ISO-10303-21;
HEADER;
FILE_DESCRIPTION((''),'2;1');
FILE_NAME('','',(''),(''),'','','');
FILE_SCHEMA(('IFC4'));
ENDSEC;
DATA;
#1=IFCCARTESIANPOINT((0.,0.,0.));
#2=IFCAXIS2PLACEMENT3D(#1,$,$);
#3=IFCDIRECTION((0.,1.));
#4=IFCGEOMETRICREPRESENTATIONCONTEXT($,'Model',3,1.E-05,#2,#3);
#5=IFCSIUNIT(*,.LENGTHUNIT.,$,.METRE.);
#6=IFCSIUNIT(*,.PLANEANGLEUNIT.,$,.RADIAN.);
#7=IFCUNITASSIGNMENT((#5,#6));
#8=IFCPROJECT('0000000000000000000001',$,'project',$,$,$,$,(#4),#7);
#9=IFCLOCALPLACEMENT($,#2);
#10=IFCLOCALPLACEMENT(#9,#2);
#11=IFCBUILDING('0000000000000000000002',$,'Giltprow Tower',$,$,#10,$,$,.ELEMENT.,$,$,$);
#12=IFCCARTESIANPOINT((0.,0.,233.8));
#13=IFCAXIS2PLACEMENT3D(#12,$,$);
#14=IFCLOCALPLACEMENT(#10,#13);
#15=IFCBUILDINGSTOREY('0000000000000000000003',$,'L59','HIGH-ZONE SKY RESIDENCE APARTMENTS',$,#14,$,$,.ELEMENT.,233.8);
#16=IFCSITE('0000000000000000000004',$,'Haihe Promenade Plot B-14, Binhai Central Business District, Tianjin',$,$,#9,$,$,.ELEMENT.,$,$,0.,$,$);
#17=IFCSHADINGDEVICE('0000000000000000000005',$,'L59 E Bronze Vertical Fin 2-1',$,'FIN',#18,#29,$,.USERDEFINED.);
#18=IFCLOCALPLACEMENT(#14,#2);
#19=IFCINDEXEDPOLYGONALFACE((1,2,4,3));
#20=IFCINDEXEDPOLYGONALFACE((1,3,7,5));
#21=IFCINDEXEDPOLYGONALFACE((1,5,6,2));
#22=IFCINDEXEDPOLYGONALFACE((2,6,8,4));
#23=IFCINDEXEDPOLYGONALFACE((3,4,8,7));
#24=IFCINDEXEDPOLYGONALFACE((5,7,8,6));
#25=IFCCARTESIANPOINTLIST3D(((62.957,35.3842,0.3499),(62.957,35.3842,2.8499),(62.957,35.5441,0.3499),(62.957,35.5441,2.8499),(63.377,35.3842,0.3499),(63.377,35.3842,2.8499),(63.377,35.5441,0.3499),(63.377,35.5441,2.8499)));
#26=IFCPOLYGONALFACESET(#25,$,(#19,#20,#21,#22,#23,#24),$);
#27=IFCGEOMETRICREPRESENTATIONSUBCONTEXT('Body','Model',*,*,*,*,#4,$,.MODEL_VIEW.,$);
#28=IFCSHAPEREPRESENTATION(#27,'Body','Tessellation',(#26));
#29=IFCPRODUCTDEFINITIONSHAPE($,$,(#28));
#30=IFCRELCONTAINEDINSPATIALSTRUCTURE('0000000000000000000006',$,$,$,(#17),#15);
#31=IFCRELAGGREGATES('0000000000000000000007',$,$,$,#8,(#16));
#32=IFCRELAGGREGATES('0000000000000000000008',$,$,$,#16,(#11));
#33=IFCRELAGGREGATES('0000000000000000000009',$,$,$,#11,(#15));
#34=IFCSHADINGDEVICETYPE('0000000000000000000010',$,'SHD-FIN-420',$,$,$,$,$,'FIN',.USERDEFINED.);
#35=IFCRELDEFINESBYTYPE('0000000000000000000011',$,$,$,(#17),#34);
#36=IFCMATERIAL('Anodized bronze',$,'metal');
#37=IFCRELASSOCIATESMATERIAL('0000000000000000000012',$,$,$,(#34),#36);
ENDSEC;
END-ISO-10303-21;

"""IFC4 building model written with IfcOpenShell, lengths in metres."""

from ifc_helpers import new_model, si_unit, direction, frame, origin, origin_2d, place, context, subcontext, project, spatial, rectangle, extrude, source, transform, mapped, material, type_object, element, save


model = new_model("IFC4")

# Units and contexts
model_context = context("Model", 3, precision=1e-05, world=origin(), true_north=direction((0.0, 1.0)))
body_context = subcontext(model_context, "Body", "Model", "MODEL_VIEW")
ifc_project = project(units=[si_unit("LENGTHUNIT", "METRE"), si_unit("PLANEANGLEUNIT", "RADIAN")], contexts=[model_context])

# Site, building, storey
site_placement = place(None, origin())
site = spatial("IfcSite", under=ifc_project, at=site_placement, Name="Haihe Promenade Plot B-14, Binhai Central Business District, Tianjin", CompositionType="ELEMENT", RefElevation=0.0)
building_placement = place(site_placement, origin())
building = spatial("IfcBuilding", under=site, at=building_placement, Name="Giltprow Tower", CompositionType="ELEMENT")
storey_placement = place(building_placement, frame((0.0, 0.0, 233.8)))
storey = spatial("IfcBuildingStorey", under=building, at=storey_placement, Name="L59", Description="HIGH-ZONE SKY RESIDENCE APARTMENTS", CompositionType="ELEMENT", Elevation=233.8)

# Shared definitions
ifc_material_1 = material(Name="Anodized bronze", Category="metal")

# Shading device
shading_device_type = type_object("IfcShadingDeviceType", Name="SHD-FIN-420", ElementType="FIN", PredefinedType="USERDEFINED", material=ifc_material_1)
shared_shape_1 = source(origin(), body_context, "Body", "SweptSolid", [
    extrude(rectangle(XDim=0.4199, YDim=0.1599, at=origin_2d()), origin(), (0.0, 0.0, 1.0), 2.5),
])
shading_device_placement = place(storey_placement, frame((63.167, 35.4641, 0.3499), z_axis=(0.0, 0.0, 1.0), x_axis=(1.0, 0.0, 0.0)))
element("IfcShadingDevice", 1, at=shading_device_placement, inside=storey, type_object=shading_device_type, Name="L59 E Bronze Vertical Fin 2-1", ObjectType="FIN", PredefinedType="USERDEFINED", context=body_context, shape_type="MappedRepresentation", body=[
    mapped(shared_shape_1, transform((0.0, 0.0, 0.0), x_axis=(1.0, 0.0, 0.0), y_axis=(0.0, 1.0, 0.0), z_axis=(0.0, 0.0, 1.0), scale=1.0)),
])

save(model, "model.ifc")
